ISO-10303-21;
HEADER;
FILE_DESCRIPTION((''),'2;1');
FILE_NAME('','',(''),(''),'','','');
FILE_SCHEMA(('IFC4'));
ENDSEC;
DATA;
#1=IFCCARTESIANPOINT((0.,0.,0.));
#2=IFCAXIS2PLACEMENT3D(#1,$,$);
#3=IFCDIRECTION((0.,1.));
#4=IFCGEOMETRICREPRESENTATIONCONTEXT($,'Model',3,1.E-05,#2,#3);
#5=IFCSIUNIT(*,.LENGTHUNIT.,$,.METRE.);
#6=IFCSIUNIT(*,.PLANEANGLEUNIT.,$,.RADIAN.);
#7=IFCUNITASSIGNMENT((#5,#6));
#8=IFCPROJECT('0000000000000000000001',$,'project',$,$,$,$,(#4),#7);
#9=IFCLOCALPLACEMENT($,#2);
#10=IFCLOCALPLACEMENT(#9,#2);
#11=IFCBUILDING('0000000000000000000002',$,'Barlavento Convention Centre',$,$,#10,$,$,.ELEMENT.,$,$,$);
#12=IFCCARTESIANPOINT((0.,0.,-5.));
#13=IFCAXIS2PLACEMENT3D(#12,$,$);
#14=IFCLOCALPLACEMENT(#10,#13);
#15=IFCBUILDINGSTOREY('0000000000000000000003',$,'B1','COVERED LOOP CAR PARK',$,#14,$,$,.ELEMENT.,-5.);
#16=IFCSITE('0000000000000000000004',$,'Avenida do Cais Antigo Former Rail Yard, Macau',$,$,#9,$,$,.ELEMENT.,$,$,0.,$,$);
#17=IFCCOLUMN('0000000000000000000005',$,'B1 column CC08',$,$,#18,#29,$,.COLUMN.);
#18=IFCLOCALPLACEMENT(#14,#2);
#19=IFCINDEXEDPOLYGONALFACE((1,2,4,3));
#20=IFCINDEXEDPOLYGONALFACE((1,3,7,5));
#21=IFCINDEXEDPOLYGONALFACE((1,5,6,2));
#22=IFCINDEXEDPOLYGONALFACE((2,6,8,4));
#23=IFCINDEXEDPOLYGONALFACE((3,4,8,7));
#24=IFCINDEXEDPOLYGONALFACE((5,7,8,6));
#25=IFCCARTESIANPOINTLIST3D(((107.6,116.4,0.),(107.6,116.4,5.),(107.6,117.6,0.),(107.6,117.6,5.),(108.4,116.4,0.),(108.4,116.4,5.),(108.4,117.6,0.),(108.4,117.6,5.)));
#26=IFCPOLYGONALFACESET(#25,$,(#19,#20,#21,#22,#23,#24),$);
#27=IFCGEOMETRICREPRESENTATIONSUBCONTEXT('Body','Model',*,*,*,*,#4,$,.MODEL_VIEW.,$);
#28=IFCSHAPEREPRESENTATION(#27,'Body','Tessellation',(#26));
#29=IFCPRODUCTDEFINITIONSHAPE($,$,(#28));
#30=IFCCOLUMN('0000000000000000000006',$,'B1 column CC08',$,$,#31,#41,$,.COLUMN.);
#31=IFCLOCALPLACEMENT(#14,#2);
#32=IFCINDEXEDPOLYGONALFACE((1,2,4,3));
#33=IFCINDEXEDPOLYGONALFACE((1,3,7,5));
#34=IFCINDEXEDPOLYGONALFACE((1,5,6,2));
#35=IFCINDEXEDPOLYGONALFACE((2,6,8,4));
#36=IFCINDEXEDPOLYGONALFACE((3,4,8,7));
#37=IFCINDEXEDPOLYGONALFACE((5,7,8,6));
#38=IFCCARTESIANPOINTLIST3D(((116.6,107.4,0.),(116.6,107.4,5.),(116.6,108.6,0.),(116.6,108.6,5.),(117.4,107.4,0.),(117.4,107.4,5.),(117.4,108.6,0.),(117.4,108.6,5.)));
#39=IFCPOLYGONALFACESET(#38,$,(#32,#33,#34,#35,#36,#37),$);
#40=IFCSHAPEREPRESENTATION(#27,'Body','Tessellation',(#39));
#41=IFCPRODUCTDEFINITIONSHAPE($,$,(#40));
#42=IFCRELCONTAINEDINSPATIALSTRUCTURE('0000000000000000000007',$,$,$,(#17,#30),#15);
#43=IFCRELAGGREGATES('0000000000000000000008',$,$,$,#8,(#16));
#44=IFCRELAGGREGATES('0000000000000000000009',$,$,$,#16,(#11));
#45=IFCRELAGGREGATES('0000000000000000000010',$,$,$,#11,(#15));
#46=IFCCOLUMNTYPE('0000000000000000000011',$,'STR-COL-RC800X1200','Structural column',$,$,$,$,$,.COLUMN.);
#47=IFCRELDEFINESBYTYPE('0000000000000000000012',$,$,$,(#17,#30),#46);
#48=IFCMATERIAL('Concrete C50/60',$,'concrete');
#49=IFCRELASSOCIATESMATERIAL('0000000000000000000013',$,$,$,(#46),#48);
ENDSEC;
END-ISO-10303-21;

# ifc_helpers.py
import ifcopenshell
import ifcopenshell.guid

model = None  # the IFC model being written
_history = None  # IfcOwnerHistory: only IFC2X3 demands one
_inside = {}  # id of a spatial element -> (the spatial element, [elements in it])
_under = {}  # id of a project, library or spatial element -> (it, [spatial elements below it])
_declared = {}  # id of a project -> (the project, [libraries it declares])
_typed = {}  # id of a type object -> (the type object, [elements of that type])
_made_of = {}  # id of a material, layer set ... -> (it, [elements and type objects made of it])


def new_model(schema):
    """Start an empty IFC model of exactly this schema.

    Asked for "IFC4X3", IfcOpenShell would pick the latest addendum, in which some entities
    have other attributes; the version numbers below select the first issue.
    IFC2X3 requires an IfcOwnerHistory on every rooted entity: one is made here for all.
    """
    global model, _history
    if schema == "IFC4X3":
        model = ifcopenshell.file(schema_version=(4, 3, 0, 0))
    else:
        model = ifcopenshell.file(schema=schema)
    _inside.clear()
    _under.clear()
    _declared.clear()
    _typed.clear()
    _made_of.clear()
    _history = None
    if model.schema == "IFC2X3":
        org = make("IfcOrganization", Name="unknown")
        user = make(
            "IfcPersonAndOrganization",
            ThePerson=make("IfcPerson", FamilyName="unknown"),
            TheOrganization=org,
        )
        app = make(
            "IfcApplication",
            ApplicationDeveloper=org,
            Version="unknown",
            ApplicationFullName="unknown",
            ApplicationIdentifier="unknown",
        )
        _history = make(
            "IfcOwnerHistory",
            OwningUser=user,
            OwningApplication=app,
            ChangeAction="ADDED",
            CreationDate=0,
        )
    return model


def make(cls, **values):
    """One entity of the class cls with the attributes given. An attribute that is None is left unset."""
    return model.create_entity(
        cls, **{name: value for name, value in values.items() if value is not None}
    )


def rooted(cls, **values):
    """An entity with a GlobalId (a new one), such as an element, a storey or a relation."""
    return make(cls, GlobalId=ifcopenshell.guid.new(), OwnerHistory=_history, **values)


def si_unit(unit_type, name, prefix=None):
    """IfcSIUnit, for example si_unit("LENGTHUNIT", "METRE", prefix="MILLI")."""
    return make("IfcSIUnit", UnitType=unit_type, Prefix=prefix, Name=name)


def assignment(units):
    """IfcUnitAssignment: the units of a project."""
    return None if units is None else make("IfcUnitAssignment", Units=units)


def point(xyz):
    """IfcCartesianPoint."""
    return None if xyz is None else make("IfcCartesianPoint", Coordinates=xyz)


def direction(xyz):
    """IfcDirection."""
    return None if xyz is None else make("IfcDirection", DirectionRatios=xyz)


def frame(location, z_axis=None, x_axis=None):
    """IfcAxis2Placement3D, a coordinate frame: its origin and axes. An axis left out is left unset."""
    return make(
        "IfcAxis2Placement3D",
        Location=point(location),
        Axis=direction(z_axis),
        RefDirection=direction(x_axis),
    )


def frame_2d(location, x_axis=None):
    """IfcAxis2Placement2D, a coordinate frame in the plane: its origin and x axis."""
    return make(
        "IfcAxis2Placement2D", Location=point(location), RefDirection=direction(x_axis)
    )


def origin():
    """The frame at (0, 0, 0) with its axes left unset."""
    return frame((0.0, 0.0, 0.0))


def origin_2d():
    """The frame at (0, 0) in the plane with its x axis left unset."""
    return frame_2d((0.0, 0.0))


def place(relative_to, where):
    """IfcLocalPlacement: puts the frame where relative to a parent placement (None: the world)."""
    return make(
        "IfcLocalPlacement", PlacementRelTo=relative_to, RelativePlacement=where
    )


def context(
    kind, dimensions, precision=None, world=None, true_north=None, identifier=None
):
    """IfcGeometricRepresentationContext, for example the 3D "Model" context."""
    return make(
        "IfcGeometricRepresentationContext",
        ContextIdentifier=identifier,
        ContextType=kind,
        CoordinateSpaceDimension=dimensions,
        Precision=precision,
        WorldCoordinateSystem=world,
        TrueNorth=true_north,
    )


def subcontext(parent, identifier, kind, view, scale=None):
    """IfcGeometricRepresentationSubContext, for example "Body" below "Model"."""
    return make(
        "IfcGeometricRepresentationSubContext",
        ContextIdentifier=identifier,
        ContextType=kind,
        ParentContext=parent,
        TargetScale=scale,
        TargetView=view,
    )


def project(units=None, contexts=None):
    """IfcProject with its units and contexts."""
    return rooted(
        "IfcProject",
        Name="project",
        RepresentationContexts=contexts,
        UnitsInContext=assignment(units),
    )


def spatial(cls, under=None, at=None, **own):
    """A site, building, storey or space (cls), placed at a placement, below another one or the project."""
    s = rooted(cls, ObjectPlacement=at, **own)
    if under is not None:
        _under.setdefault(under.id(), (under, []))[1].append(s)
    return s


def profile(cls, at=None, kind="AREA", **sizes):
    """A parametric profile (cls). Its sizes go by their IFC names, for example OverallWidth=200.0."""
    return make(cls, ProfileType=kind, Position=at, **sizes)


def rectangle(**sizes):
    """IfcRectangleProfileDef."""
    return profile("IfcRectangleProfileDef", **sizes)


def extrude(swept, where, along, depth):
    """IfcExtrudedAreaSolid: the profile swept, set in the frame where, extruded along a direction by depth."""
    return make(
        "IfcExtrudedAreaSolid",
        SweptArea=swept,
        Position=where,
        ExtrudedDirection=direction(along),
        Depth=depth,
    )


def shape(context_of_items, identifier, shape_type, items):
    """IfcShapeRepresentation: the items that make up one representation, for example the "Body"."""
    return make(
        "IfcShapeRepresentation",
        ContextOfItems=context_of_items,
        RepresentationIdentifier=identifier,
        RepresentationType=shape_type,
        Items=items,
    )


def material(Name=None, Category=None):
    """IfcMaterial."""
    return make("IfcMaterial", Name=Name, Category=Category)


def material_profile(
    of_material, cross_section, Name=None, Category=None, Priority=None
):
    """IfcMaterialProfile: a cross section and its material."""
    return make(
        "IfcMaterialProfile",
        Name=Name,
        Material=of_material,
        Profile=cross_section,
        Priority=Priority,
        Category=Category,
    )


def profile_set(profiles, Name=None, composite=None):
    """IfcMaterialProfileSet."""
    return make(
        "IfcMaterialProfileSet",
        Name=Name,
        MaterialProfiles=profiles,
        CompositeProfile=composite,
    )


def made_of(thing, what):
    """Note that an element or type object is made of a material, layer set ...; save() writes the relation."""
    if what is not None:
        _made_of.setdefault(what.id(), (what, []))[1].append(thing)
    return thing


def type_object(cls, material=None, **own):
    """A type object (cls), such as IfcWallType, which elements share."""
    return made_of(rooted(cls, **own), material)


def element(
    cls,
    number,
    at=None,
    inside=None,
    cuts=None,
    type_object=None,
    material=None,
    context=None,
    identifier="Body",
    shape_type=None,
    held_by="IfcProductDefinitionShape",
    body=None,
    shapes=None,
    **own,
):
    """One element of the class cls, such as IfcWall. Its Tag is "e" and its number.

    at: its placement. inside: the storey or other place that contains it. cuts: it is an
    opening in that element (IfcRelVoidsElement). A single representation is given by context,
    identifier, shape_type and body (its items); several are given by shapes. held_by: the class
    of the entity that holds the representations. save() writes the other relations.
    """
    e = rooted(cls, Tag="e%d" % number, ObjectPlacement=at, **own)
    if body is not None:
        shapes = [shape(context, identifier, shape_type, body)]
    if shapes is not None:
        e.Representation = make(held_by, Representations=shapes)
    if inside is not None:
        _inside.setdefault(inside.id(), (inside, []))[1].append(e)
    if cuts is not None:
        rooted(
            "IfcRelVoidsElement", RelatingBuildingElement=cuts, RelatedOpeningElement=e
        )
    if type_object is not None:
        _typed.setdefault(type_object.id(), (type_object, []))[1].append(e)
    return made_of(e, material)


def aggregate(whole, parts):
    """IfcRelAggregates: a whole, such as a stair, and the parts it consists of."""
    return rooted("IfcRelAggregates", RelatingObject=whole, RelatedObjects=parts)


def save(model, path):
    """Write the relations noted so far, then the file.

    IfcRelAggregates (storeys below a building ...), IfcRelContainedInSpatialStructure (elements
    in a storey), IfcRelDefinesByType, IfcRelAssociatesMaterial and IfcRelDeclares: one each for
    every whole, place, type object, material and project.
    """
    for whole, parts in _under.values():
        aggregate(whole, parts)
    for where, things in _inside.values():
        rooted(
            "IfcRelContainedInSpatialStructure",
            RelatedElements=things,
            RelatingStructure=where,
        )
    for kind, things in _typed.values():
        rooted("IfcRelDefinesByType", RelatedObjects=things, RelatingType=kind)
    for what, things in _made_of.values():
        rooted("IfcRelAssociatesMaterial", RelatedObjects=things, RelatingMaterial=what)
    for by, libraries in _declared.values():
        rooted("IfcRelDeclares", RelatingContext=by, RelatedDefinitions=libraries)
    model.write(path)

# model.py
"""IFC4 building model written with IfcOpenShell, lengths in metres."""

from ifc_helpers import new_model, si_unit, direction, frame, origin, origin_2d, place, context, subcontext, project, spatial, rectangle, extrude, material, material_profile, profile_set, type_object, element, save


model = new_model("IFC4")

# Units and contexts
model_context = context("Model", 3, precision=1e-05, world=origin(), true_north=direction((0.0, 1.0)))
body_context = subcontext(model_context, "Body", "Model", "MODEL_VIEW")
ifc_project = project(units=[si_unit("LENGTHUNIT", "METRE"), si_unit("PLANEANGLEUNIT", "RADIAN")], contexts=[model_context])

# Site, building, storey
site_placement = place(None, origin())
site = spatial("IfcSite", under=ifc_project, at=site_placement, Name="Avenida do Cais Antigo Former Rail Yard, Macau", CompositionType="ELEMENT", RefElevation=0.0)
building_placement = place(site_placement, origin())
building = spatial("IfcBuilding", under=site, at=building_placement, Name="Barlavento Convention Centre", CompositionType="ELEMENT")
storey_placement = place(building_placement, frame((0.0, 0.0, -5.0)))
storey = spatial("IfcBuildingStorey", under=building, at=storey_placement, Name="B1", Description="COVERED LOOP CAR PARK", CompositionType="ELEMENT", Elevation=-5.0)

# Columns
ifc_material_1 = material(Name="Concrete C50/60", Category="concrete")
ifc_material_profile_1 = material_profile(ifc_material_1, rectangle(XDim=0.8, YDim=1.2, at=origin_2d()), Name="RC 800x1200")
ifc_profile_set_1 = profile_set([ifc_material_profile_1], Name="Concrete C50/60")
column_type_1 = type_object("IfcColumnType", Name="STR-COL-RC800X1200", Description="Structural column", PredefinedType="COLUMN", material=ifc_profile_set_1)
for number, where, z_axis, x_axis, name in (
    (1, (108.0, 117.0, 0.0), (0.0, 0.0, 1.0), (1.0, 0.0, 0.0), "B1 column CC08"),
    (2, (117.0, 108.0, 0.0), (0.0, 0.0, 1.0), (1.0, 0.0, 0.0), "B1 column CC08"),
):
    element("IfcColumn", number, at=place(storey_placement, frame(where, z_axis=z_axis, x_axis=x_axis)), inside=storey, type_object=column_type_1, Name=name, PredefinedType="COLUMN", context=body_context, shape_type="SweptSolid", body=[
        extrude(rectangle(XDim=0.8, YDim=1.2, at=origin_2d()), origin(), (0.0, 0.0, 1.0), 5.0),
    ])

save(model, "model.ifc")
